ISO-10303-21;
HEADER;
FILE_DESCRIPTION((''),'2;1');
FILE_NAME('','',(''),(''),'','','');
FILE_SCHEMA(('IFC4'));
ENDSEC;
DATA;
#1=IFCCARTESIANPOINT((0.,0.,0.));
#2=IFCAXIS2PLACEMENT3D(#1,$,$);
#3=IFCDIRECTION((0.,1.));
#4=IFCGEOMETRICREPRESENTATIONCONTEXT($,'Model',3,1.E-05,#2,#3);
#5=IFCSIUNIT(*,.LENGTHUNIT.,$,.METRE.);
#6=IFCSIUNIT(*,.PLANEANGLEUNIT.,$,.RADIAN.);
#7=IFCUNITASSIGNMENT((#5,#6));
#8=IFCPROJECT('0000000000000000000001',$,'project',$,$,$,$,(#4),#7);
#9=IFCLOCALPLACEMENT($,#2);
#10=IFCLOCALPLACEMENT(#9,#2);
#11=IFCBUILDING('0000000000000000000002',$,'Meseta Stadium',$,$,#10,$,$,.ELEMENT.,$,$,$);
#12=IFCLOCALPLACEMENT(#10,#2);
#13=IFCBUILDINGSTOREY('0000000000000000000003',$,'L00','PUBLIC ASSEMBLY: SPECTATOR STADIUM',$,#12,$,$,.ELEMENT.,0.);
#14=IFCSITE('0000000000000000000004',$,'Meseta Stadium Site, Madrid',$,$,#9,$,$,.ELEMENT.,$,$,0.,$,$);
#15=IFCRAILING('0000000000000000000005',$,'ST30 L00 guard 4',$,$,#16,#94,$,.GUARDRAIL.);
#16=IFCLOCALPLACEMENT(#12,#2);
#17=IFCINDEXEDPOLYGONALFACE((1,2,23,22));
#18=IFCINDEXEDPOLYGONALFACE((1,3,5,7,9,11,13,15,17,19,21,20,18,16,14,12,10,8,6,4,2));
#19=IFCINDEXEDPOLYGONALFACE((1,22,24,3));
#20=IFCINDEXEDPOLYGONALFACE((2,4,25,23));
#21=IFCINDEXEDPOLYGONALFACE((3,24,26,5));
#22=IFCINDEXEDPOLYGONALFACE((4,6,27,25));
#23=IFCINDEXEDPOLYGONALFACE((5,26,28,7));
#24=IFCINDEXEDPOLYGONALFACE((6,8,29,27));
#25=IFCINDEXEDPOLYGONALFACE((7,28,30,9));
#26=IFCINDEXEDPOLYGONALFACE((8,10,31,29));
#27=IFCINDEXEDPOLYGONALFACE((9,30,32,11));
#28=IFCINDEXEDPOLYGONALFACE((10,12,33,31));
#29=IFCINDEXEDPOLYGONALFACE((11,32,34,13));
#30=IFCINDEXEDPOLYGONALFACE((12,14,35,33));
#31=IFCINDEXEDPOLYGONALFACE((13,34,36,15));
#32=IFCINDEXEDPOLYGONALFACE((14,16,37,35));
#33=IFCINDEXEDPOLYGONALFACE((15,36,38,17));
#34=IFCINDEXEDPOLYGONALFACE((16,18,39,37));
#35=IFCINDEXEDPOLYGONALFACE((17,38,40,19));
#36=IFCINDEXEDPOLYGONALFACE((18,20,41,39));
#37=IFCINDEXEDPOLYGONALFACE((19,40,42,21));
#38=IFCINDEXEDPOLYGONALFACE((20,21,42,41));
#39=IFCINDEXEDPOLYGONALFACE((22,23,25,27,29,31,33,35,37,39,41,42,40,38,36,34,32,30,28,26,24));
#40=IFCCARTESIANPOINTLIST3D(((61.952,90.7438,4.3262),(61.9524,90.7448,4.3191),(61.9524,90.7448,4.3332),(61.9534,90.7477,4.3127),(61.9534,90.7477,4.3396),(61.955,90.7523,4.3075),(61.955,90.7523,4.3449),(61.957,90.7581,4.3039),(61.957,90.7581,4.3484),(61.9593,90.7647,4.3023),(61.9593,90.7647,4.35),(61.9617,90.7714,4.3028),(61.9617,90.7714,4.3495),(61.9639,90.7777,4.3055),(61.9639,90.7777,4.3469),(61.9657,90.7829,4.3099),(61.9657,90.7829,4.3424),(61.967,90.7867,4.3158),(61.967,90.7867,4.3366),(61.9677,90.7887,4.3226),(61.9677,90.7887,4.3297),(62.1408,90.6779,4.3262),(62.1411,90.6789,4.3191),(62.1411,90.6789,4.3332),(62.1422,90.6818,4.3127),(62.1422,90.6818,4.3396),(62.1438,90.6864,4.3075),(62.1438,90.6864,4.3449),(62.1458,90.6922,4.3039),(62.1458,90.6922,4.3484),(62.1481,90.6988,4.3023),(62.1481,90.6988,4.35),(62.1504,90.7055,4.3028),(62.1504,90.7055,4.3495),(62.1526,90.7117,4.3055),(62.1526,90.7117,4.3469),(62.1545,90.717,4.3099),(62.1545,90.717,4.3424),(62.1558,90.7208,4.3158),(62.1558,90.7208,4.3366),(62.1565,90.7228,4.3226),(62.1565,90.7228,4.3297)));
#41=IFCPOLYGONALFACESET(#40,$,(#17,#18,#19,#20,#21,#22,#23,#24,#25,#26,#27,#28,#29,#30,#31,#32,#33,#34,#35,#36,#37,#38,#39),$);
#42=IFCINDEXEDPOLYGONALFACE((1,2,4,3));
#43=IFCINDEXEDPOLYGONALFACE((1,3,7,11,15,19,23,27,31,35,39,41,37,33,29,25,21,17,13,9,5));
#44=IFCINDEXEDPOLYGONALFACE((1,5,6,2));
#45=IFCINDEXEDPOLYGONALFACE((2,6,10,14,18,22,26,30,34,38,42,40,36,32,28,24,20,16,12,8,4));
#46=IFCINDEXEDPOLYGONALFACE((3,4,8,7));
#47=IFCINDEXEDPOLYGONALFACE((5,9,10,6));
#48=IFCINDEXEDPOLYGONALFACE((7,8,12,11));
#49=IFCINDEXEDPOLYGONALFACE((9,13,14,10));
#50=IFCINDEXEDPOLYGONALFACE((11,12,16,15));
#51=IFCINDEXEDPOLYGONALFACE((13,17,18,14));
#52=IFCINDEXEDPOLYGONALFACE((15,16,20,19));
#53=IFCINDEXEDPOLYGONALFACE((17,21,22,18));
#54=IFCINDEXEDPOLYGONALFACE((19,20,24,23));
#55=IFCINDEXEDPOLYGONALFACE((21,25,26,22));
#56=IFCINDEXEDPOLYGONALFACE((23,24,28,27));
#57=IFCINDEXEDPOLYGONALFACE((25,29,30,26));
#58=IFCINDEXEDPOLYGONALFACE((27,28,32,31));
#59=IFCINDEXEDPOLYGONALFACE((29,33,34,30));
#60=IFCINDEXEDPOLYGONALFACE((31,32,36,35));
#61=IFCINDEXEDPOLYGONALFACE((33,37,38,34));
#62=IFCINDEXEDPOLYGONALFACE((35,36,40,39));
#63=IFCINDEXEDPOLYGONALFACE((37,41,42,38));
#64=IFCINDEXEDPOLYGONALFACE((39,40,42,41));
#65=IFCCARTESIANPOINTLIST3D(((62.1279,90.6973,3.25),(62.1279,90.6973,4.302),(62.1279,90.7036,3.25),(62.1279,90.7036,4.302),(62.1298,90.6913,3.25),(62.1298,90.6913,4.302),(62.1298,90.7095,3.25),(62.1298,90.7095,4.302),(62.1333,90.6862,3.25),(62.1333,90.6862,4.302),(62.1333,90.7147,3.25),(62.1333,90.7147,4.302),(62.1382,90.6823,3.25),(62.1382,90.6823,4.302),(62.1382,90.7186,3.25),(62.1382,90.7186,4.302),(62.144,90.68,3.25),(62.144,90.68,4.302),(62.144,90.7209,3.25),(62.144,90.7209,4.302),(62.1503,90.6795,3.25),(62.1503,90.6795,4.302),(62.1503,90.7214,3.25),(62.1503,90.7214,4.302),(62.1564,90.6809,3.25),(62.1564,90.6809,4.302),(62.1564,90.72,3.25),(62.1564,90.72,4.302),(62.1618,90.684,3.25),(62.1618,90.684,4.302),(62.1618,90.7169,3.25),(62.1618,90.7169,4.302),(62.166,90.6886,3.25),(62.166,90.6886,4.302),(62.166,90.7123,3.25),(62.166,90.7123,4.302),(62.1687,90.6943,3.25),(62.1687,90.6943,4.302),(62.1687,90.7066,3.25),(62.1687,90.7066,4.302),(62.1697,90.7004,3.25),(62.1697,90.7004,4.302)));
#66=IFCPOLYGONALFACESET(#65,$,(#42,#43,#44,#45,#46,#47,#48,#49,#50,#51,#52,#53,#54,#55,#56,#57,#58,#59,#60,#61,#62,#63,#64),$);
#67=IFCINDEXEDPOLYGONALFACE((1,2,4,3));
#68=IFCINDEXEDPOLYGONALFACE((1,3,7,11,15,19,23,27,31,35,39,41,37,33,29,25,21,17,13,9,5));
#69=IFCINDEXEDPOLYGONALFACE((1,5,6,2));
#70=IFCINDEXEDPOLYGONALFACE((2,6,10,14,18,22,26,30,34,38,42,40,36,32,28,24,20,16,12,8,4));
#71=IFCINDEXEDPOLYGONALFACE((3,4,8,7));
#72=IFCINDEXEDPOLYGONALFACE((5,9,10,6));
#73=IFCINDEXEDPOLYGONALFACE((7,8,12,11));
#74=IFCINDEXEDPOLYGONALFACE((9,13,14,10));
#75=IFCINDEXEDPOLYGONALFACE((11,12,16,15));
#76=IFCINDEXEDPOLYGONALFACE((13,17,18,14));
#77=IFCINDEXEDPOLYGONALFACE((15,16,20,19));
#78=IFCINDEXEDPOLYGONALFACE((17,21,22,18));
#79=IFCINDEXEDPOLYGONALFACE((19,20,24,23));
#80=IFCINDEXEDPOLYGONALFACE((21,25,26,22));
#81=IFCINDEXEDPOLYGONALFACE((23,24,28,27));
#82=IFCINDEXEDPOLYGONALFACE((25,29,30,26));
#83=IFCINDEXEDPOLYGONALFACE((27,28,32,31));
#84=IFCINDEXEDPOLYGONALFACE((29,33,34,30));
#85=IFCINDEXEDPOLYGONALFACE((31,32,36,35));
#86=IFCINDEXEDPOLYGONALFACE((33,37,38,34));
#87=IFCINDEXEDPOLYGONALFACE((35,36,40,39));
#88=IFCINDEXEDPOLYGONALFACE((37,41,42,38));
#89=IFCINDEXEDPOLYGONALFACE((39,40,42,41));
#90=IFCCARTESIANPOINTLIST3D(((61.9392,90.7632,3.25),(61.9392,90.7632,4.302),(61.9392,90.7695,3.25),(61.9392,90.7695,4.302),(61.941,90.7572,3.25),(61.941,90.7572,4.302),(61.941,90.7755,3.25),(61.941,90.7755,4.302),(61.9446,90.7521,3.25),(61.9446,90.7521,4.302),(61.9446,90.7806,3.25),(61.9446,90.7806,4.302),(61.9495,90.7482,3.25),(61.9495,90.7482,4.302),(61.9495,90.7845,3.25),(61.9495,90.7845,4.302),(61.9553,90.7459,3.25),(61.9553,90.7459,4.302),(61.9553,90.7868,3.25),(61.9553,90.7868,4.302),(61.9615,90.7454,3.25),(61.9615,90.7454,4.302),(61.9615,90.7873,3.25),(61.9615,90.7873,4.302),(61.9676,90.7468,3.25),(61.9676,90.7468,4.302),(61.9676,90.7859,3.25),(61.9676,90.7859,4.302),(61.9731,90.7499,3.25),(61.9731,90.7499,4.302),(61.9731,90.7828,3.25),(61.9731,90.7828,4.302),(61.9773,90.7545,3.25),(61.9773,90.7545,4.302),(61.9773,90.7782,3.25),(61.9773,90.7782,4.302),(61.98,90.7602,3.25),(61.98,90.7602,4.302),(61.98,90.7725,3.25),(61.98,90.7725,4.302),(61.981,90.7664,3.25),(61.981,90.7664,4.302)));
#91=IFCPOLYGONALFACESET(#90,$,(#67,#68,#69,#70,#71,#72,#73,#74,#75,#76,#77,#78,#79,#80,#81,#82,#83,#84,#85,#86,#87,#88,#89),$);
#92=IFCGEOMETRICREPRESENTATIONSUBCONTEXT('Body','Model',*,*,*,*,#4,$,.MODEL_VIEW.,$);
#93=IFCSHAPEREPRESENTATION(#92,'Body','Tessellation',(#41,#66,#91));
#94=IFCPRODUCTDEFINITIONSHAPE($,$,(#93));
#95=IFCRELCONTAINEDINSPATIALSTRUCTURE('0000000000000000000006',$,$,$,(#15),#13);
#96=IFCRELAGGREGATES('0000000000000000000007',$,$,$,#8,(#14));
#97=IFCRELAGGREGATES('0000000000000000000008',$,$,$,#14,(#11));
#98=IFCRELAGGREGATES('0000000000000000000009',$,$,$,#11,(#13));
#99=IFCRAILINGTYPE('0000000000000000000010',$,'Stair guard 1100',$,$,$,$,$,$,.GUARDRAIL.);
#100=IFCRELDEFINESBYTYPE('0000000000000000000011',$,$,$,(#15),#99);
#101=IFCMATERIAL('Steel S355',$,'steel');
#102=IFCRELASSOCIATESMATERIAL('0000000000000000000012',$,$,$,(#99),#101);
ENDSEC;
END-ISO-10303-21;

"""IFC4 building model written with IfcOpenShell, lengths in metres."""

from ifc_helpers import new_model, si_unit, direction, frame, origin, origin_2d, place, context, subcontext, project, spatial, circle, extrude, material, type_object, element, save


model = new_model("IFC4")

# Units and contexts
model_context = context("Model", 3, precision=1e-05, world=origin(), true_north=direction((0.0, 1.0)))
body_context = subcontext(model_context, "Body", "Model", "MODEL_VIEW")
ifc_project = project(units=[si_unit("LENGTHUNIT", "METRE"), si_unit("PLANEANGLEUNIT", "RADIAN")], contexts=[model_context])

# Site, building, storey
site_placement = place(None, origin())
site = spatial("IfcSite", under=ifc_project, at=site_placement, Name="Meseta Stadium Site, Madrid", CompositionType="ELEMENT", RefElevation=0.0)
building_placement = place(site_placement, origin())
building = spatial("IfcBuilding", under=site, at=building_placement, Name="Meseta Stadium", CompositionType="ELEMENT")
storey_placement = place(building_placement, origin())
storey = spatial("IfcBuildingStorey", under=building, at=storey_placement, Name="L00", Description="PUBLIC ASSEMBLY: SPECTATOR STADIUM", CompositionType="ELEMENT", Elevation=0.0)

# Railing
ifc_material_1 = material(Name="Steel S355", Category="steel")
railing_type_1 = type_object("IfcRailingType", Name="Stair guard 1100", PredefinedType="GUARDRAIL", material=ifc_material_1)
railing_1_placement = place(storey_placement, frame((62.1487, 90.7004, 3.25)))
element("IfcRailing", 1, at=railing_1_placement, inside=storey, type_object=railing_type_1, Name="ST30 L00 guard 4", PredefinedType="GUARDRAIL", context=body_context, shape_type="SweptSolid", body=[
    extrude(circle(Radius=0.0239, at=origin_2d()), frame((0.0, 0.0, 1.0762), z_axis=(-0.944068, 0.329752, 0.0), x_axis=(-0.329752, -0.944068, 0.0)), (0.0, 0.0, 1.0), 0.2),
    extrude(circle(Radius=0.021, at=origin_2d()), origin(), (0.0, 0.0, 1.0), 1.052),
    extrude(circle(Radius=0.021, at=origin_2d()), frame((-0.1887, 0.0659, 0.0)), (0.0, 0.0, 1.0), 1.052),
])

save(model, "model.ifc")
